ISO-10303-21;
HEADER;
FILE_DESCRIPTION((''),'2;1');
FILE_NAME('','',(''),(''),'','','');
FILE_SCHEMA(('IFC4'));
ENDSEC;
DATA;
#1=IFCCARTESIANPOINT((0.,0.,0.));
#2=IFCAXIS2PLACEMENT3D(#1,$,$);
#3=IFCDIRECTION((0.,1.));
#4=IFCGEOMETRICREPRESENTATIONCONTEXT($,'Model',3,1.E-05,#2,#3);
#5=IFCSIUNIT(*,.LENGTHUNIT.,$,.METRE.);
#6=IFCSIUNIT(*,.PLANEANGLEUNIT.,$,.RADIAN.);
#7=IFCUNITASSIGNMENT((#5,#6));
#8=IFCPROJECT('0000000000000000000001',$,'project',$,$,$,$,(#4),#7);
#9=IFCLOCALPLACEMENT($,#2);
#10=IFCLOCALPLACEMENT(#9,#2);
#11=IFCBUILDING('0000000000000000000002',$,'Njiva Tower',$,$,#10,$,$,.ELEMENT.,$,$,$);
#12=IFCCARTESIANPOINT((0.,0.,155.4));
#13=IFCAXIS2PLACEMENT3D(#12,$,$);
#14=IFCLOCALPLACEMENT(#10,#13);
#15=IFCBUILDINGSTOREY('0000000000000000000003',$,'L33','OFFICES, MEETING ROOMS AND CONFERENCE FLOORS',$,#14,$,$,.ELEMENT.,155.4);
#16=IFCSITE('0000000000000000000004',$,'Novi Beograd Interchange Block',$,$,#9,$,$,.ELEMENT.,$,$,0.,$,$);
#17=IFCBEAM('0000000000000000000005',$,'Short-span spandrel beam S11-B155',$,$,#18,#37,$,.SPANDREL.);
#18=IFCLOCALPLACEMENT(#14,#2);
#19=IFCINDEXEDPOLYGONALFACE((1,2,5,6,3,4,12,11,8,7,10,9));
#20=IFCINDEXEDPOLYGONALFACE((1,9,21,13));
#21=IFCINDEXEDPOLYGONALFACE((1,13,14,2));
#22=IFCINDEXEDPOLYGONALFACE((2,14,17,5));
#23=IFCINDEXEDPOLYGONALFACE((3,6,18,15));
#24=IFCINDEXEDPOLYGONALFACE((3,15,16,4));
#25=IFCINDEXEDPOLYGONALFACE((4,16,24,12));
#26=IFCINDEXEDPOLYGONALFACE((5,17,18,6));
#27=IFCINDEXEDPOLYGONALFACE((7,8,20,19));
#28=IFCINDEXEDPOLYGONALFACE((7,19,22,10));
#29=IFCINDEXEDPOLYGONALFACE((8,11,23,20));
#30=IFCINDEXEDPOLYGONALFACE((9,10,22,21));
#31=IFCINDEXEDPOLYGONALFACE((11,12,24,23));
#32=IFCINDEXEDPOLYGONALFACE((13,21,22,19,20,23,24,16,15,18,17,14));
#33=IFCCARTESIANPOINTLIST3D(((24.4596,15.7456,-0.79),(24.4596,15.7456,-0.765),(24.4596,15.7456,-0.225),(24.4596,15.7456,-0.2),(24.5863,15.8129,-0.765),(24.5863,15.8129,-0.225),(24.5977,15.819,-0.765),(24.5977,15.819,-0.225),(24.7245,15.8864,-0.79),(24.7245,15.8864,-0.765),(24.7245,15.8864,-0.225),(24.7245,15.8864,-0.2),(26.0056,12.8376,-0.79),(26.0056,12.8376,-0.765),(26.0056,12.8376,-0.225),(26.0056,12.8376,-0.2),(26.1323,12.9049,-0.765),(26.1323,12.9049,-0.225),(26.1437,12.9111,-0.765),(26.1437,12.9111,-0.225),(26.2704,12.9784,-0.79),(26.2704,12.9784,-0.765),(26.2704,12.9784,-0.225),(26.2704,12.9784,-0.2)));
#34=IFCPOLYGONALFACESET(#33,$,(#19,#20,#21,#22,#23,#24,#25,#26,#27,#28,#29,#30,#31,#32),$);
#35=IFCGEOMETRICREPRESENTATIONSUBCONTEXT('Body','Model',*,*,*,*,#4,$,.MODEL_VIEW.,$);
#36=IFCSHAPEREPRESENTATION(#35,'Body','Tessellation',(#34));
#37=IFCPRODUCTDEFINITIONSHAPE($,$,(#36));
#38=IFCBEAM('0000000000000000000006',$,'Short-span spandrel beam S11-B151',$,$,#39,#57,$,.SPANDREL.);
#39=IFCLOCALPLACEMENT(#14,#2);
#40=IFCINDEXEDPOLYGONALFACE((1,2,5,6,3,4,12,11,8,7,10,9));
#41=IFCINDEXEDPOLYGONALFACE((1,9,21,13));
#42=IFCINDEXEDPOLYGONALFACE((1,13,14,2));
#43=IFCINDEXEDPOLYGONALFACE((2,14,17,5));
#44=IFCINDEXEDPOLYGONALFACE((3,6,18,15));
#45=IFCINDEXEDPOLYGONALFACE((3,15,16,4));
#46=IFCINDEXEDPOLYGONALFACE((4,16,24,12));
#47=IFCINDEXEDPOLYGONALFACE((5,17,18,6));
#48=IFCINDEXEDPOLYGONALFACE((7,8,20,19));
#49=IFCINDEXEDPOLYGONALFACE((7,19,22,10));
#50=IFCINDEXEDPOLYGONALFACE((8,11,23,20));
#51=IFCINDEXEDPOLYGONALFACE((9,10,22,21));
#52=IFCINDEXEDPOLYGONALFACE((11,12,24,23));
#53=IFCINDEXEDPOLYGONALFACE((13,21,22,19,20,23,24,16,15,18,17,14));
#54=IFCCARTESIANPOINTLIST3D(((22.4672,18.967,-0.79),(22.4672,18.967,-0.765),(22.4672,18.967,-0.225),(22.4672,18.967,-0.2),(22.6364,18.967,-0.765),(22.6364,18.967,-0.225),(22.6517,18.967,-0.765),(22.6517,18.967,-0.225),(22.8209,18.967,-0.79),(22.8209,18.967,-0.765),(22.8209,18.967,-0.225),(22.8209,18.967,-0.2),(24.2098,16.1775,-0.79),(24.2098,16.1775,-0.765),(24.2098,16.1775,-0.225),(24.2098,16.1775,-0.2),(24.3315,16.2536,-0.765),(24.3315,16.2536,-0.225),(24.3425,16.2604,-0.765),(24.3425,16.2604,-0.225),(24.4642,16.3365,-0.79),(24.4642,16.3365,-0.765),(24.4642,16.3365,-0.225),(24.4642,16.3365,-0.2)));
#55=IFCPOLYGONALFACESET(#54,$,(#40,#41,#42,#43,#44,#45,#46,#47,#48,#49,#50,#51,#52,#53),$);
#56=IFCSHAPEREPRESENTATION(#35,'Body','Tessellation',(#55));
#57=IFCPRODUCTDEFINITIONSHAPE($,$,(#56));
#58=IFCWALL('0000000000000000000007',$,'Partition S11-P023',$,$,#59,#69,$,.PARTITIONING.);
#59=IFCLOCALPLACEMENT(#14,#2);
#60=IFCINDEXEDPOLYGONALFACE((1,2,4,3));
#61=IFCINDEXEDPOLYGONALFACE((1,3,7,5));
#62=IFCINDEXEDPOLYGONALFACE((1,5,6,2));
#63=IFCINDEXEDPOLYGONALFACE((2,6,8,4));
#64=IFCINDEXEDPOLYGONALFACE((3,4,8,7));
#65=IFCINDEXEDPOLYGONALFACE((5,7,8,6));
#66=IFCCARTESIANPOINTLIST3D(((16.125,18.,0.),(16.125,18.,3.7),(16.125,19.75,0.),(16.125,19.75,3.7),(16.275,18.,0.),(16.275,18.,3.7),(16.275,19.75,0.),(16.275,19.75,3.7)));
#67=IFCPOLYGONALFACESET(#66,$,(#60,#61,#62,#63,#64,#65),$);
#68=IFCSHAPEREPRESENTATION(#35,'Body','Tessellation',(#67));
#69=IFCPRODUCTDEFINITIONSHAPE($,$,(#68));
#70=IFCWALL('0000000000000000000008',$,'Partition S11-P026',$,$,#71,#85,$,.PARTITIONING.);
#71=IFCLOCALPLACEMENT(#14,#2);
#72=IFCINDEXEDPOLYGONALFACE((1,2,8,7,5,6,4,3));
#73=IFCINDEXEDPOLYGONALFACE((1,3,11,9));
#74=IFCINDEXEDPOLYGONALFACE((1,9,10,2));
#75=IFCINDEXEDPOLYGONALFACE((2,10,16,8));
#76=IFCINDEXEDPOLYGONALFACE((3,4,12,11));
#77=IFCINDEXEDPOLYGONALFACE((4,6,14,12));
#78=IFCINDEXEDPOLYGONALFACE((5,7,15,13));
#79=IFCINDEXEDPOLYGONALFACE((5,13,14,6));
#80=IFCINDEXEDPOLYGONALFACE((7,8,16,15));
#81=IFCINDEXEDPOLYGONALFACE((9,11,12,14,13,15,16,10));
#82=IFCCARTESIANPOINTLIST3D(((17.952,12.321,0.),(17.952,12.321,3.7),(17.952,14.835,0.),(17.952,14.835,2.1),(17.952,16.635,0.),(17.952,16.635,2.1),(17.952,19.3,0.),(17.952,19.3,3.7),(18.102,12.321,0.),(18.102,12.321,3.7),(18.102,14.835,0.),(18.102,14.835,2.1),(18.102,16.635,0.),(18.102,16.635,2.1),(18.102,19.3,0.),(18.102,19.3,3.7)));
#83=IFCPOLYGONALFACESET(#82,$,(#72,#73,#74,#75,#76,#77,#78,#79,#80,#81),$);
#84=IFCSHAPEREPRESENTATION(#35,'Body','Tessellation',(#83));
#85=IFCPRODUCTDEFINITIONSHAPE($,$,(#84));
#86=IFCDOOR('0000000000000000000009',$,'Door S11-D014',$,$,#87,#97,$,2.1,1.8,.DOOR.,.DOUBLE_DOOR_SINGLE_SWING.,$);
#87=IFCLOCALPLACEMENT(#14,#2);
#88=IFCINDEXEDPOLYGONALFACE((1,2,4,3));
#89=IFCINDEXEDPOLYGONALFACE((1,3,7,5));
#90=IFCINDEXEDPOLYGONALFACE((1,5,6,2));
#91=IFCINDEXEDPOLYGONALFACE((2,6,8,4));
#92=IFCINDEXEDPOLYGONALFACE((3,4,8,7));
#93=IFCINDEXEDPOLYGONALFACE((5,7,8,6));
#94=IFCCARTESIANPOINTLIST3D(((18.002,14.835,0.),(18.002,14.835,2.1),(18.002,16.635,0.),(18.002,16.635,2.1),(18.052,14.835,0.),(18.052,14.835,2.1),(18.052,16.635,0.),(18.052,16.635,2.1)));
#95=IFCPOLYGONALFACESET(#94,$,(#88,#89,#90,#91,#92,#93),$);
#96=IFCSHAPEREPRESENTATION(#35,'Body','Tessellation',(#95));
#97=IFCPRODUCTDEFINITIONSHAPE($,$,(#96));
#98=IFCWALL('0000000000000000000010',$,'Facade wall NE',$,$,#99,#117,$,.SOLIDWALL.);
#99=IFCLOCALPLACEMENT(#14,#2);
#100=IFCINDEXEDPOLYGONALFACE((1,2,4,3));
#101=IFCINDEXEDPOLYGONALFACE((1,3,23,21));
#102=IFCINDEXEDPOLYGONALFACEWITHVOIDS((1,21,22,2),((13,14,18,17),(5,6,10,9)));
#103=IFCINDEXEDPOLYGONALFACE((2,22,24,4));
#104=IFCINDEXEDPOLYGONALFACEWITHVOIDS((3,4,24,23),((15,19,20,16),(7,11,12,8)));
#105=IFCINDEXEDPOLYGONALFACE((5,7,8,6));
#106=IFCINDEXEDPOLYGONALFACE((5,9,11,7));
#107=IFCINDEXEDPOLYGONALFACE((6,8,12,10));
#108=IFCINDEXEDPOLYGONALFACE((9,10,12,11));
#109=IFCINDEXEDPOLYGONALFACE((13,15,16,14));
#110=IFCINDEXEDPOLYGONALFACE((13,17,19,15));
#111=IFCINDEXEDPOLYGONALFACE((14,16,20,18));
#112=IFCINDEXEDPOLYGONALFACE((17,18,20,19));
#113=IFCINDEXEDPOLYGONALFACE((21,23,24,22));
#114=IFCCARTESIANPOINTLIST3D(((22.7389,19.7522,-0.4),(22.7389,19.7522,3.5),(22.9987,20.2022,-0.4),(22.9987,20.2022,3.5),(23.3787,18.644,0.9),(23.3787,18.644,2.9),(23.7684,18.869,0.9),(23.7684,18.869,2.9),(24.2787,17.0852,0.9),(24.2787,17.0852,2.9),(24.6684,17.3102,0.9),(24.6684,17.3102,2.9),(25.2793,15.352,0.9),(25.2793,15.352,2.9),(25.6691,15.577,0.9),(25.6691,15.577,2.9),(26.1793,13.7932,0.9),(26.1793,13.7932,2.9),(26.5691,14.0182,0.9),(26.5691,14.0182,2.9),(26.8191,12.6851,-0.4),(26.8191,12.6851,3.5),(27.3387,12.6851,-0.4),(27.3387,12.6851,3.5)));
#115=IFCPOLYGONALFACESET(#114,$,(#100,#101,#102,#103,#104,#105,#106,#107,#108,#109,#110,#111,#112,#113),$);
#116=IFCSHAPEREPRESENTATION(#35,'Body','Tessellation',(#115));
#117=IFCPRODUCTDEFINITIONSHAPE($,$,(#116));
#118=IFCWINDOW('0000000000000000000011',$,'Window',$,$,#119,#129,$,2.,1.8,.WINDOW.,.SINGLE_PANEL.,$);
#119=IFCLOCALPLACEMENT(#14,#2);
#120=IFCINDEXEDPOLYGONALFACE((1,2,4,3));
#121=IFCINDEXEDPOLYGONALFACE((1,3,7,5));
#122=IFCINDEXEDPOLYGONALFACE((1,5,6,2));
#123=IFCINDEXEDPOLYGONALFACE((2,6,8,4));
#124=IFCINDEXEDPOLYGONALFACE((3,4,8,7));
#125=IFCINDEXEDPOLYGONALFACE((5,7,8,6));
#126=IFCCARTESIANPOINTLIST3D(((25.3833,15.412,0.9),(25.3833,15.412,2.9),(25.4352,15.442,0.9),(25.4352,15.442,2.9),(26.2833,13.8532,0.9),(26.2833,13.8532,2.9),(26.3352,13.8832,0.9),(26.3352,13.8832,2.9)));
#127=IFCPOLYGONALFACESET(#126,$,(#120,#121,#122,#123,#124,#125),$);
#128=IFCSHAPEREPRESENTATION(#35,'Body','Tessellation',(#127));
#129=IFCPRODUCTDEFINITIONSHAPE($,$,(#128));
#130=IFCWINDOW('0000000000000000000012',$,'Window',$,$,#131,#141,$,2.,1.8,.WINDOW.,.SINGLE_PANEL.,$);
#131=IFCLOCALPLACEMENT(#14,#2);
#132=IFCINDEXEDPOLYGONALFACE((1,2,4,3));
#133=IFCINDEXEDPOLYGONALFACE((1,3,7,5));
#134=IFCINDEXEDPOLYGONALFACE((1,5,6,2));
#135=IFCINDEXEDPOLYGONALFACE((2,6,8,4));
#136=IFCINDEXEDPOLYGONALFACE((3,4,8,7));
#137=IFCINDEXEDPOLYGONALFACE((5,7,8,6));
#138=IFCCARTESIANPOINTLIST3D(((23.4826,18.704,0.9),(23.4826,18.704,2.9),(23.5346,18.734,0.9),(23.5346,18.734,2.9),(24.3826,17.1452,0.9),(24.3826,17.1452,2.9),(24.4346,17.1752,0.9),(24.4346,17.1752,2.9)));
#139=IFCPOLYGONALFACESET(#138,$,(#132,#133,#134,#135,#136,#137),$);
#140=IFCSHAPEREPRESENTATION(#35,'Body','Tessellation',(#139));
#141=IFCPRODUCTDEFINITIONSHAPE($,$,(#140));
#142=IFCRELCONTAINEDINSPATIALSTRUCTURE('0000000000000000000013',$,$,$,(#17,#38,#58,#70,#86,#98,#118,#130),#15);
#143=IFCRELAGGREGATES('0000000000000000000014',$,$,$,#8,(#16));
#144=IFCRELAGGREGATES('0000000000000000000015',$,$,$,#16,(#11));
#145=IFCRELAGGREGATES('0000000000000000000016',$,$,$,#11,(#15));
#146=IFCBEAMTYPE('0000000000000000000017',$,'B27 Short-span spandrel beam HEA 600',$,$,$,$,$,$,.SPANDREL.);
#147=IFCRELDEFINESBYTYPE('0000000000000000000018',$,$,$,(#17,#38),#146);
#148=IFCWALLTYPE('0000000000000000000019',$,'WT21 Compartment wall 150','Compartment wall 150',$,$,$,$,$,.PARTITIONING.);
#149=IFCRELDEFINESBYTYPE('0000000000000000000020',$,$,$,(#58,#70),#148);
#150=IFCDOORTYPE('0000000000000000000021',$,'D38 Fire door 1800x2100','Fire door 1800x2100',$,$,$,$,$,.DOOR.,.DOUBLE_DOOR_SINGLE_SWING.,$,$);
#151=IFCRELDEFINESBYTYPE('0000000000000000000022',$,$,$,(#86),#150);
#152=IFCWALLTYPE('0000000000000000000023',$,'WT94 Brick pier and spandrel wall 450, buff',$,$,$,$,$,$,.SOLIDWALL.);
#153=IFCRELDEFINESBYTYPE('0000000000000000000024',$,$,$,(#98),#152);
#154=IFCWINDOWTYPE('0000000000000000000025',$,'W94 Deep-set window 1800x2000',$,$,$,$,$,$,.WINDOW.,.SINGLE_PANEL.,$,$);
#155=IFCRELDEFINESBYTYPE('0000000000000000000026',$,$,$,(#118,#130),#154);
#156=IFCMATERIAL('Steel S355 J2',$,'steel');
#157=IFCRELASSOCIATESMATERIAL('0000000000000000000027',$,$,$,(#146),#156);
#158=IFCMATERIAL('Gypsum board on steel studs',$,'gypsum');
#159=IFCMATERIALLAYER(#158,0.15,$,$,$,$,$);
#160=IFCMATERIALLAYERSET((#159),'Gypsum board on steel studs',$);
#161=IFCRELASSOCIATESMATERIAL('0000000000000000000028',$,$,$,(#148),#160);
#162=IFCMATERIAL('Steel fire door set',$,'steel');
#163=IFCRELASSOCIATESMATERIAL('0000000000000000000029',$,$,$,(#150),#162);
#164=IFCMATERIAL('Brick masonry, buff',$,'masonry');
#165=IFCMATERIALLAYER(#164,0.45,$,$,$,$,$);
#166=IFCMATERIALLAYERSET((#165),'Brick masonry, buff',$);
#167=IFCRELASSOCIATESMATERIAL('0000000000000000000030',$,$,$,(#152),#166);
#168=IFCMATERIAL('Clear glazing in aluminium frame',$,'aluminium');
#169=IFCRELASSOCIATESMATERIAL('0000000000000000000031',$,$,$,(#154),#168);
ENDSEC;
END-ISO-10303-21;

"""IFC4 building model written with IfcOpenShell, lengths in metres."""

from ifc_helpers import new_model, si_unit, direction, frame, frame_2d, origin, origin_2d, place, context, subcontext, project, spatial, polyline, rectangle, i_section, outline, extrude, clip, halfspace, material, layer, layer_set, material_profile, profile_set, type_object, element, fill, save


model = new_model("IFC4")

# Units and contexts
model_context = context("Model", 3, precision=1e-05, world=origin(), true_north=direction((0.0, 1.0)))
body_context = subcontext(model_context, "Body", "Model", "MODEL_VIEW")
ifc_project = project(units=[si_unit("LENGTHUNIT", "METRE"), si_unit("PLANEANGLEUNIT", "RADIAN")], contexts=[model_context])

# Site, building, storey
site_placement = place(None, origin())
site = spatial("IfcSite", under=ifc_project, at=site_placement, Name="Novi Beograd Interchange Block", CompositionType="ELEMENT", RefElevation=0.0)
building_placement = place(site_placement, origin())
building = spatial("IfcBuilding", under=site, at=building_placement, Name="Njiva Tower", CompositionType="ELEMENT")
storey_placement = place(building_placement, frame((0.0, 0.0, 155.4)))
storey = spatial("IfcBuildingStorey", under=building, at=storey_placement, Name="L33", Description="OFFICES, MEETING ROOMS AND CONFERENCE FLOORS", CompositionType="ELEMENT", Elevation=155.4)

# Shared definitions
ifc_material_1 = material(Name="Steel S355 J2", Category="steel")

# Beams
ifc_material_profile_1 = material_profile(ifc_material_1, i_section(OverallWidth=0.3, OverallDepth=0.59, WebThickness=0.013, FlangeThickness=0.025, at=origin_2d()), Name="HEA 600")
ifc_profile_set_1 = profile_set([ifc_material_profile_1], Name="Steel S355 J2")
beam_type_1 = type_object("IfcBeamType", Name="B27 Short-span spandrel beam HEA 600", PredefinedType="SPANDREL", material=ifc_profile_set_1)
beam_1_placement = place(storey_placement, frame((26.138, 12.908, -0.495), z_axis=(-0.469422, 0.882974, 0.0), x_axis=(-0.882974, -0.469422, 0.0)))
element("IfcBeam", 1, at=beam_1_placement, inside=storey, type_object=beam_type_1, Name="Short-span spandrel beam S11-B155", PredefinedType="SPANDREL", context=body_context, shape_type="SweptSolid", body=[
    extrude(i_section(OverallWidth=0.3, OverallDepth=0.59, WebThickness=0.013, FlangeThickness=0.025, at=origin_2d()), origin(), (0.0, 0.0, 1.0), 3.2934),
])
beam_2_placement = place(storey_placement, frame((24.337, 16.257, -0.495), z_axis=(-0.52983, 0.848104, 0.0), x_axis=(-0.848104, -0.52983, 0.0)))
element("IfcBeam", 2, at=beam_2_placement, inside=storey, type_object=beam_type_1, Name="Short-span spandrel beam S11-B151", PredefinedType="SPANDREL", context=body_context, shape_type="Clipping", body=[
    clip(extrude(i_section(OverallWidth=0.3, OverallDepth=0.59, WebThickness=0.013, FlangeThickness=0.025, at=origin_2d()), origin(), (0.0, 0.0, 1.0), 3.3094), halfspace(frame((-0.0263, 0.0, 3.1789), z_axis=(-0.52983, 0.0, 0.848104), x_axis=(0.0, 1.0, 0.0)), False)),
])

# Wall
ifc_material_2 = material(Name="Gypsum board on steel studs", Category="gypsum")
ifc_layer_1 = layer(ifc_material_2, 0.15)
ifc_layer_set_1 = layer_set([ifc_layer_1], Name="Gypsum board on steel studs")
wall_type_1 = type_object("IfcWallType", Name="WT21 Compartment wall 150", Description="Compartment wall 150", PredefinedType="PARTITIONING", material=ifc_layer_set_1)
wall_1_placement = place(storey_placement, frame((16.2, 18.0, 0.0), z_axis=(0.0, 0.0, 1.0), x_axis=(0.0, 1.0, 0.0)))
element("IfcWall", 3, at=wall_1_placement, inside=storey, type_object=wall_type_1, Name="Partition S11-P023", PredefinedType="PARTITIONING", context=body_context, shape_type="SweptSolid", body=[
    extrude(rectangle(XDim=1.75, YDim=0.15, at=frame_2d((0.875, 0.0))), origin(), (0.0, 0.0, 1.0), 3.7),
])

# Wall, opening, door
wall_2_placement = place(storey_placement, frame((18.027, 12.321, 0.0), z_axis=(0.0, 0.0, 1.0), x_axis=(0.0, 1.0, 0.0)))
wall_2 = element("IfcWall", 4, at=wall_2_placement, inside=storey, type_object=wall_type_1, Name="Partition S11-P026", PredefinedType="PARTITIONING", context=body_context, shape_type="SweptSolid", body=[
    extrude(rectangle(XDim=6.979, YDim=0.15, at=frame_2d((3.4895, 0.0))), origin(), (0.0, 0.0, 1.0), 3.7),
])
opening_1_placement = place(wall_2_placement, frame((2.514, 0.0, 0.0)))
opening_1 = element("IfcOpeningElement", 5, at=opening_1_placement, cuts=wall_2, PredefinedType="OPENING", context=body_context, shape_type="SweptSolid", body=[
    extrude(rectangle(XDim=1.8, YDim=2.1, at=frame_2d((0.9, 1.05))), frame((0.0, 0.085, 0.0), z_axis=(0.0, -1.0, 0.0), x_axis=(1.0, 0.0, 0.0)), (0.0, 0.0, 1.0), 0.17),
])
ifc_material_3 = material(Name="Steel fire door set", Category="steel")
door_type = type_object("IfcDoorType", Name="D38 Fire door 1800x2100", Description="Fire door 1800x2100", OperationType="DOUBLE_DOOR_SINGLE_SWING", PredefinedType="DOOR", material=ifc_material_3)
door_placement = place(opening_1_placement, origin())
door = element("IfcDoor", 6, at=door_placement, inside=storey, type_object=door_type, Name="Door S11-D014", OperationType="DOUBLE_DOOR_SINGLE_SWING", OverallHeight=2.1, OverallWidth=1.8, PredefinedType="DOOR", context=body_context, shape_type="SweptSolid", body=[
    extrude(rectangle(XDim=1.8, YDim=2.1, at=frame_2d((0.9, 1.05))), frame((0.0, 0.025, 0.0), z_axis=(0.0, -1.0, 0.0), x_axis=(1.0, 0.0, 0.0)), (0.0, 0.0, 1.0), 0.05),
])
fill(opening_1, door)

# Wall, openings, windows
ifc_material_4 = material(Name="Clear glazing in aluminium frame", Category="aluminium")
ifc_material_5 = material(Name="Brick masonry, buff", Category="masonry")
ifc_layer_2 = layer(ifc_material_5, 0.45)
ifc_layer_set_2 = layer_set([ifc_layer_2], Name="Brick masonry, buff")
wall_type_2 = type_object("IfcWallType", Name="WT94 Brick pier and spandrel wall 450, buff", PredefinedType="SOLIDWALL", material=ifc_layer_set_2)
wall_3_placement = place(storey_placement, frame((27.0789, 12.6851, -0.4), z_axis=(0.0, 0.0, 1.0), x_axis=(-0.5, 0.866025, 0.0)))
wall_3 = element("IfcWall", 7, at=wall_3_placement, inside=storey, type_object=wall_type_2, Name="Facade wall NE", PredefinedType="SOLIDWALL", context=body_context, shape_type="SweptSolid", body=[
    extrude(outline(polyline([(-0.1299, -0.225), (8.5501, -0.225), (8.2903, 0.225), (0.1299, 0.225), (-0.1299, -0.225)])), origin(), (0.0, 0.0, 1.0), 3.9),
])
opening_2_placement = place(wall_3_placement, frame((1.4094, 0.0, 1.3)))
opening_2 = element("IfcOpeningElement", 8, at=opening_2_placement, cuts=wall_3, PredefinedType="OPENING", context=body_context, shape_type="SweptSolid", body=[
    extrude(rectangle(XDim=1.8, YDim=2.0, at=frame_2d((0.9, 1.0))), frame((0.0, 0.235, 0.0), z_axis=(0.0, -1.0, 0.0), x_axis=(1.0, 0.0, 0.0)), (0.0, 0.0, 1.0), 0.47),
])
opening_3_placement = place(wall_3_placement, frame((5.2107, 0.0, 1.3)))
opening_3 = element("IfcOpeningElement", 9, at=opening_3_placement, cuts=wall_3, PredefinedType="OPENING", context=body_context, shape_type="SweptSolid", body=[
    extrude(rectangle(XDim=1.8, YDim=2.0, at=frame_2d((0.9, 1.0))), frame((0.0, 0.235, 0.0), z_axis=(0.0, -1.0, 0.0), x_axis=(1.0, 0.0, 0.0)), (0.0, 0.0, 1.0), 0.47),
])
window_type_1 = type_object("IfcWindowType", Name="W94 Deep-set window 1800x2000", PartitioningType="SINGLE_PANEL", PredefinedType="WINDOW", material=ifc_material_4)
window_1_placement = place(opening_2_placement, origin())
window_1 = element("IfcWindow", 10, at=window_1_placement, inside=storey, type_object=window_type_1, Name="Window", OverallHeight=2.0, OverallWidth=1.8, PartitioningType="SINGLE_PANEL", PredefinedType="WINDOW", context=body_context, shape_type="SweptSolid", body=[
    extrude(rectangle(XDim=1.8, YDim=2.0, at=frame_2d((0.9, 1.0))), frame((0.0, 0.105, 0.0), z_axis=(0.0, -1.0, 0.0), x_axis=(1.0, 0.0, 0.0)), (0.0, 0.0, 1.0), 0.06),
])
fill(opening_2, window_1)
window_2_placement = place(opening_3_placement, origin())
window_2 = element("IfcWindow", 11, at=window_2_placement, inside=storey, type_object=window_type_1, Name="Window", OverallHeight=2.0, OverallWidth=1.8, PartitioningType="SINGLE_PANEL", PredefinedType="WINDOW", context=body_context, shape_type="SweptSolid", body=[
    extrude(rectangle(XDim=1.8, YDim=2.0, at=frame_2d((0.9, 1.0))), frame((0.0, 0.105, 0.0), z_axis=(0.0, -1.0, 0.0), x_axis=(1.0, 0.0, 0.0)), (0.0, 0.0, 1.0), 0.06),
])
fill(opening_3, window_2)

save(model, "model.ifc")
